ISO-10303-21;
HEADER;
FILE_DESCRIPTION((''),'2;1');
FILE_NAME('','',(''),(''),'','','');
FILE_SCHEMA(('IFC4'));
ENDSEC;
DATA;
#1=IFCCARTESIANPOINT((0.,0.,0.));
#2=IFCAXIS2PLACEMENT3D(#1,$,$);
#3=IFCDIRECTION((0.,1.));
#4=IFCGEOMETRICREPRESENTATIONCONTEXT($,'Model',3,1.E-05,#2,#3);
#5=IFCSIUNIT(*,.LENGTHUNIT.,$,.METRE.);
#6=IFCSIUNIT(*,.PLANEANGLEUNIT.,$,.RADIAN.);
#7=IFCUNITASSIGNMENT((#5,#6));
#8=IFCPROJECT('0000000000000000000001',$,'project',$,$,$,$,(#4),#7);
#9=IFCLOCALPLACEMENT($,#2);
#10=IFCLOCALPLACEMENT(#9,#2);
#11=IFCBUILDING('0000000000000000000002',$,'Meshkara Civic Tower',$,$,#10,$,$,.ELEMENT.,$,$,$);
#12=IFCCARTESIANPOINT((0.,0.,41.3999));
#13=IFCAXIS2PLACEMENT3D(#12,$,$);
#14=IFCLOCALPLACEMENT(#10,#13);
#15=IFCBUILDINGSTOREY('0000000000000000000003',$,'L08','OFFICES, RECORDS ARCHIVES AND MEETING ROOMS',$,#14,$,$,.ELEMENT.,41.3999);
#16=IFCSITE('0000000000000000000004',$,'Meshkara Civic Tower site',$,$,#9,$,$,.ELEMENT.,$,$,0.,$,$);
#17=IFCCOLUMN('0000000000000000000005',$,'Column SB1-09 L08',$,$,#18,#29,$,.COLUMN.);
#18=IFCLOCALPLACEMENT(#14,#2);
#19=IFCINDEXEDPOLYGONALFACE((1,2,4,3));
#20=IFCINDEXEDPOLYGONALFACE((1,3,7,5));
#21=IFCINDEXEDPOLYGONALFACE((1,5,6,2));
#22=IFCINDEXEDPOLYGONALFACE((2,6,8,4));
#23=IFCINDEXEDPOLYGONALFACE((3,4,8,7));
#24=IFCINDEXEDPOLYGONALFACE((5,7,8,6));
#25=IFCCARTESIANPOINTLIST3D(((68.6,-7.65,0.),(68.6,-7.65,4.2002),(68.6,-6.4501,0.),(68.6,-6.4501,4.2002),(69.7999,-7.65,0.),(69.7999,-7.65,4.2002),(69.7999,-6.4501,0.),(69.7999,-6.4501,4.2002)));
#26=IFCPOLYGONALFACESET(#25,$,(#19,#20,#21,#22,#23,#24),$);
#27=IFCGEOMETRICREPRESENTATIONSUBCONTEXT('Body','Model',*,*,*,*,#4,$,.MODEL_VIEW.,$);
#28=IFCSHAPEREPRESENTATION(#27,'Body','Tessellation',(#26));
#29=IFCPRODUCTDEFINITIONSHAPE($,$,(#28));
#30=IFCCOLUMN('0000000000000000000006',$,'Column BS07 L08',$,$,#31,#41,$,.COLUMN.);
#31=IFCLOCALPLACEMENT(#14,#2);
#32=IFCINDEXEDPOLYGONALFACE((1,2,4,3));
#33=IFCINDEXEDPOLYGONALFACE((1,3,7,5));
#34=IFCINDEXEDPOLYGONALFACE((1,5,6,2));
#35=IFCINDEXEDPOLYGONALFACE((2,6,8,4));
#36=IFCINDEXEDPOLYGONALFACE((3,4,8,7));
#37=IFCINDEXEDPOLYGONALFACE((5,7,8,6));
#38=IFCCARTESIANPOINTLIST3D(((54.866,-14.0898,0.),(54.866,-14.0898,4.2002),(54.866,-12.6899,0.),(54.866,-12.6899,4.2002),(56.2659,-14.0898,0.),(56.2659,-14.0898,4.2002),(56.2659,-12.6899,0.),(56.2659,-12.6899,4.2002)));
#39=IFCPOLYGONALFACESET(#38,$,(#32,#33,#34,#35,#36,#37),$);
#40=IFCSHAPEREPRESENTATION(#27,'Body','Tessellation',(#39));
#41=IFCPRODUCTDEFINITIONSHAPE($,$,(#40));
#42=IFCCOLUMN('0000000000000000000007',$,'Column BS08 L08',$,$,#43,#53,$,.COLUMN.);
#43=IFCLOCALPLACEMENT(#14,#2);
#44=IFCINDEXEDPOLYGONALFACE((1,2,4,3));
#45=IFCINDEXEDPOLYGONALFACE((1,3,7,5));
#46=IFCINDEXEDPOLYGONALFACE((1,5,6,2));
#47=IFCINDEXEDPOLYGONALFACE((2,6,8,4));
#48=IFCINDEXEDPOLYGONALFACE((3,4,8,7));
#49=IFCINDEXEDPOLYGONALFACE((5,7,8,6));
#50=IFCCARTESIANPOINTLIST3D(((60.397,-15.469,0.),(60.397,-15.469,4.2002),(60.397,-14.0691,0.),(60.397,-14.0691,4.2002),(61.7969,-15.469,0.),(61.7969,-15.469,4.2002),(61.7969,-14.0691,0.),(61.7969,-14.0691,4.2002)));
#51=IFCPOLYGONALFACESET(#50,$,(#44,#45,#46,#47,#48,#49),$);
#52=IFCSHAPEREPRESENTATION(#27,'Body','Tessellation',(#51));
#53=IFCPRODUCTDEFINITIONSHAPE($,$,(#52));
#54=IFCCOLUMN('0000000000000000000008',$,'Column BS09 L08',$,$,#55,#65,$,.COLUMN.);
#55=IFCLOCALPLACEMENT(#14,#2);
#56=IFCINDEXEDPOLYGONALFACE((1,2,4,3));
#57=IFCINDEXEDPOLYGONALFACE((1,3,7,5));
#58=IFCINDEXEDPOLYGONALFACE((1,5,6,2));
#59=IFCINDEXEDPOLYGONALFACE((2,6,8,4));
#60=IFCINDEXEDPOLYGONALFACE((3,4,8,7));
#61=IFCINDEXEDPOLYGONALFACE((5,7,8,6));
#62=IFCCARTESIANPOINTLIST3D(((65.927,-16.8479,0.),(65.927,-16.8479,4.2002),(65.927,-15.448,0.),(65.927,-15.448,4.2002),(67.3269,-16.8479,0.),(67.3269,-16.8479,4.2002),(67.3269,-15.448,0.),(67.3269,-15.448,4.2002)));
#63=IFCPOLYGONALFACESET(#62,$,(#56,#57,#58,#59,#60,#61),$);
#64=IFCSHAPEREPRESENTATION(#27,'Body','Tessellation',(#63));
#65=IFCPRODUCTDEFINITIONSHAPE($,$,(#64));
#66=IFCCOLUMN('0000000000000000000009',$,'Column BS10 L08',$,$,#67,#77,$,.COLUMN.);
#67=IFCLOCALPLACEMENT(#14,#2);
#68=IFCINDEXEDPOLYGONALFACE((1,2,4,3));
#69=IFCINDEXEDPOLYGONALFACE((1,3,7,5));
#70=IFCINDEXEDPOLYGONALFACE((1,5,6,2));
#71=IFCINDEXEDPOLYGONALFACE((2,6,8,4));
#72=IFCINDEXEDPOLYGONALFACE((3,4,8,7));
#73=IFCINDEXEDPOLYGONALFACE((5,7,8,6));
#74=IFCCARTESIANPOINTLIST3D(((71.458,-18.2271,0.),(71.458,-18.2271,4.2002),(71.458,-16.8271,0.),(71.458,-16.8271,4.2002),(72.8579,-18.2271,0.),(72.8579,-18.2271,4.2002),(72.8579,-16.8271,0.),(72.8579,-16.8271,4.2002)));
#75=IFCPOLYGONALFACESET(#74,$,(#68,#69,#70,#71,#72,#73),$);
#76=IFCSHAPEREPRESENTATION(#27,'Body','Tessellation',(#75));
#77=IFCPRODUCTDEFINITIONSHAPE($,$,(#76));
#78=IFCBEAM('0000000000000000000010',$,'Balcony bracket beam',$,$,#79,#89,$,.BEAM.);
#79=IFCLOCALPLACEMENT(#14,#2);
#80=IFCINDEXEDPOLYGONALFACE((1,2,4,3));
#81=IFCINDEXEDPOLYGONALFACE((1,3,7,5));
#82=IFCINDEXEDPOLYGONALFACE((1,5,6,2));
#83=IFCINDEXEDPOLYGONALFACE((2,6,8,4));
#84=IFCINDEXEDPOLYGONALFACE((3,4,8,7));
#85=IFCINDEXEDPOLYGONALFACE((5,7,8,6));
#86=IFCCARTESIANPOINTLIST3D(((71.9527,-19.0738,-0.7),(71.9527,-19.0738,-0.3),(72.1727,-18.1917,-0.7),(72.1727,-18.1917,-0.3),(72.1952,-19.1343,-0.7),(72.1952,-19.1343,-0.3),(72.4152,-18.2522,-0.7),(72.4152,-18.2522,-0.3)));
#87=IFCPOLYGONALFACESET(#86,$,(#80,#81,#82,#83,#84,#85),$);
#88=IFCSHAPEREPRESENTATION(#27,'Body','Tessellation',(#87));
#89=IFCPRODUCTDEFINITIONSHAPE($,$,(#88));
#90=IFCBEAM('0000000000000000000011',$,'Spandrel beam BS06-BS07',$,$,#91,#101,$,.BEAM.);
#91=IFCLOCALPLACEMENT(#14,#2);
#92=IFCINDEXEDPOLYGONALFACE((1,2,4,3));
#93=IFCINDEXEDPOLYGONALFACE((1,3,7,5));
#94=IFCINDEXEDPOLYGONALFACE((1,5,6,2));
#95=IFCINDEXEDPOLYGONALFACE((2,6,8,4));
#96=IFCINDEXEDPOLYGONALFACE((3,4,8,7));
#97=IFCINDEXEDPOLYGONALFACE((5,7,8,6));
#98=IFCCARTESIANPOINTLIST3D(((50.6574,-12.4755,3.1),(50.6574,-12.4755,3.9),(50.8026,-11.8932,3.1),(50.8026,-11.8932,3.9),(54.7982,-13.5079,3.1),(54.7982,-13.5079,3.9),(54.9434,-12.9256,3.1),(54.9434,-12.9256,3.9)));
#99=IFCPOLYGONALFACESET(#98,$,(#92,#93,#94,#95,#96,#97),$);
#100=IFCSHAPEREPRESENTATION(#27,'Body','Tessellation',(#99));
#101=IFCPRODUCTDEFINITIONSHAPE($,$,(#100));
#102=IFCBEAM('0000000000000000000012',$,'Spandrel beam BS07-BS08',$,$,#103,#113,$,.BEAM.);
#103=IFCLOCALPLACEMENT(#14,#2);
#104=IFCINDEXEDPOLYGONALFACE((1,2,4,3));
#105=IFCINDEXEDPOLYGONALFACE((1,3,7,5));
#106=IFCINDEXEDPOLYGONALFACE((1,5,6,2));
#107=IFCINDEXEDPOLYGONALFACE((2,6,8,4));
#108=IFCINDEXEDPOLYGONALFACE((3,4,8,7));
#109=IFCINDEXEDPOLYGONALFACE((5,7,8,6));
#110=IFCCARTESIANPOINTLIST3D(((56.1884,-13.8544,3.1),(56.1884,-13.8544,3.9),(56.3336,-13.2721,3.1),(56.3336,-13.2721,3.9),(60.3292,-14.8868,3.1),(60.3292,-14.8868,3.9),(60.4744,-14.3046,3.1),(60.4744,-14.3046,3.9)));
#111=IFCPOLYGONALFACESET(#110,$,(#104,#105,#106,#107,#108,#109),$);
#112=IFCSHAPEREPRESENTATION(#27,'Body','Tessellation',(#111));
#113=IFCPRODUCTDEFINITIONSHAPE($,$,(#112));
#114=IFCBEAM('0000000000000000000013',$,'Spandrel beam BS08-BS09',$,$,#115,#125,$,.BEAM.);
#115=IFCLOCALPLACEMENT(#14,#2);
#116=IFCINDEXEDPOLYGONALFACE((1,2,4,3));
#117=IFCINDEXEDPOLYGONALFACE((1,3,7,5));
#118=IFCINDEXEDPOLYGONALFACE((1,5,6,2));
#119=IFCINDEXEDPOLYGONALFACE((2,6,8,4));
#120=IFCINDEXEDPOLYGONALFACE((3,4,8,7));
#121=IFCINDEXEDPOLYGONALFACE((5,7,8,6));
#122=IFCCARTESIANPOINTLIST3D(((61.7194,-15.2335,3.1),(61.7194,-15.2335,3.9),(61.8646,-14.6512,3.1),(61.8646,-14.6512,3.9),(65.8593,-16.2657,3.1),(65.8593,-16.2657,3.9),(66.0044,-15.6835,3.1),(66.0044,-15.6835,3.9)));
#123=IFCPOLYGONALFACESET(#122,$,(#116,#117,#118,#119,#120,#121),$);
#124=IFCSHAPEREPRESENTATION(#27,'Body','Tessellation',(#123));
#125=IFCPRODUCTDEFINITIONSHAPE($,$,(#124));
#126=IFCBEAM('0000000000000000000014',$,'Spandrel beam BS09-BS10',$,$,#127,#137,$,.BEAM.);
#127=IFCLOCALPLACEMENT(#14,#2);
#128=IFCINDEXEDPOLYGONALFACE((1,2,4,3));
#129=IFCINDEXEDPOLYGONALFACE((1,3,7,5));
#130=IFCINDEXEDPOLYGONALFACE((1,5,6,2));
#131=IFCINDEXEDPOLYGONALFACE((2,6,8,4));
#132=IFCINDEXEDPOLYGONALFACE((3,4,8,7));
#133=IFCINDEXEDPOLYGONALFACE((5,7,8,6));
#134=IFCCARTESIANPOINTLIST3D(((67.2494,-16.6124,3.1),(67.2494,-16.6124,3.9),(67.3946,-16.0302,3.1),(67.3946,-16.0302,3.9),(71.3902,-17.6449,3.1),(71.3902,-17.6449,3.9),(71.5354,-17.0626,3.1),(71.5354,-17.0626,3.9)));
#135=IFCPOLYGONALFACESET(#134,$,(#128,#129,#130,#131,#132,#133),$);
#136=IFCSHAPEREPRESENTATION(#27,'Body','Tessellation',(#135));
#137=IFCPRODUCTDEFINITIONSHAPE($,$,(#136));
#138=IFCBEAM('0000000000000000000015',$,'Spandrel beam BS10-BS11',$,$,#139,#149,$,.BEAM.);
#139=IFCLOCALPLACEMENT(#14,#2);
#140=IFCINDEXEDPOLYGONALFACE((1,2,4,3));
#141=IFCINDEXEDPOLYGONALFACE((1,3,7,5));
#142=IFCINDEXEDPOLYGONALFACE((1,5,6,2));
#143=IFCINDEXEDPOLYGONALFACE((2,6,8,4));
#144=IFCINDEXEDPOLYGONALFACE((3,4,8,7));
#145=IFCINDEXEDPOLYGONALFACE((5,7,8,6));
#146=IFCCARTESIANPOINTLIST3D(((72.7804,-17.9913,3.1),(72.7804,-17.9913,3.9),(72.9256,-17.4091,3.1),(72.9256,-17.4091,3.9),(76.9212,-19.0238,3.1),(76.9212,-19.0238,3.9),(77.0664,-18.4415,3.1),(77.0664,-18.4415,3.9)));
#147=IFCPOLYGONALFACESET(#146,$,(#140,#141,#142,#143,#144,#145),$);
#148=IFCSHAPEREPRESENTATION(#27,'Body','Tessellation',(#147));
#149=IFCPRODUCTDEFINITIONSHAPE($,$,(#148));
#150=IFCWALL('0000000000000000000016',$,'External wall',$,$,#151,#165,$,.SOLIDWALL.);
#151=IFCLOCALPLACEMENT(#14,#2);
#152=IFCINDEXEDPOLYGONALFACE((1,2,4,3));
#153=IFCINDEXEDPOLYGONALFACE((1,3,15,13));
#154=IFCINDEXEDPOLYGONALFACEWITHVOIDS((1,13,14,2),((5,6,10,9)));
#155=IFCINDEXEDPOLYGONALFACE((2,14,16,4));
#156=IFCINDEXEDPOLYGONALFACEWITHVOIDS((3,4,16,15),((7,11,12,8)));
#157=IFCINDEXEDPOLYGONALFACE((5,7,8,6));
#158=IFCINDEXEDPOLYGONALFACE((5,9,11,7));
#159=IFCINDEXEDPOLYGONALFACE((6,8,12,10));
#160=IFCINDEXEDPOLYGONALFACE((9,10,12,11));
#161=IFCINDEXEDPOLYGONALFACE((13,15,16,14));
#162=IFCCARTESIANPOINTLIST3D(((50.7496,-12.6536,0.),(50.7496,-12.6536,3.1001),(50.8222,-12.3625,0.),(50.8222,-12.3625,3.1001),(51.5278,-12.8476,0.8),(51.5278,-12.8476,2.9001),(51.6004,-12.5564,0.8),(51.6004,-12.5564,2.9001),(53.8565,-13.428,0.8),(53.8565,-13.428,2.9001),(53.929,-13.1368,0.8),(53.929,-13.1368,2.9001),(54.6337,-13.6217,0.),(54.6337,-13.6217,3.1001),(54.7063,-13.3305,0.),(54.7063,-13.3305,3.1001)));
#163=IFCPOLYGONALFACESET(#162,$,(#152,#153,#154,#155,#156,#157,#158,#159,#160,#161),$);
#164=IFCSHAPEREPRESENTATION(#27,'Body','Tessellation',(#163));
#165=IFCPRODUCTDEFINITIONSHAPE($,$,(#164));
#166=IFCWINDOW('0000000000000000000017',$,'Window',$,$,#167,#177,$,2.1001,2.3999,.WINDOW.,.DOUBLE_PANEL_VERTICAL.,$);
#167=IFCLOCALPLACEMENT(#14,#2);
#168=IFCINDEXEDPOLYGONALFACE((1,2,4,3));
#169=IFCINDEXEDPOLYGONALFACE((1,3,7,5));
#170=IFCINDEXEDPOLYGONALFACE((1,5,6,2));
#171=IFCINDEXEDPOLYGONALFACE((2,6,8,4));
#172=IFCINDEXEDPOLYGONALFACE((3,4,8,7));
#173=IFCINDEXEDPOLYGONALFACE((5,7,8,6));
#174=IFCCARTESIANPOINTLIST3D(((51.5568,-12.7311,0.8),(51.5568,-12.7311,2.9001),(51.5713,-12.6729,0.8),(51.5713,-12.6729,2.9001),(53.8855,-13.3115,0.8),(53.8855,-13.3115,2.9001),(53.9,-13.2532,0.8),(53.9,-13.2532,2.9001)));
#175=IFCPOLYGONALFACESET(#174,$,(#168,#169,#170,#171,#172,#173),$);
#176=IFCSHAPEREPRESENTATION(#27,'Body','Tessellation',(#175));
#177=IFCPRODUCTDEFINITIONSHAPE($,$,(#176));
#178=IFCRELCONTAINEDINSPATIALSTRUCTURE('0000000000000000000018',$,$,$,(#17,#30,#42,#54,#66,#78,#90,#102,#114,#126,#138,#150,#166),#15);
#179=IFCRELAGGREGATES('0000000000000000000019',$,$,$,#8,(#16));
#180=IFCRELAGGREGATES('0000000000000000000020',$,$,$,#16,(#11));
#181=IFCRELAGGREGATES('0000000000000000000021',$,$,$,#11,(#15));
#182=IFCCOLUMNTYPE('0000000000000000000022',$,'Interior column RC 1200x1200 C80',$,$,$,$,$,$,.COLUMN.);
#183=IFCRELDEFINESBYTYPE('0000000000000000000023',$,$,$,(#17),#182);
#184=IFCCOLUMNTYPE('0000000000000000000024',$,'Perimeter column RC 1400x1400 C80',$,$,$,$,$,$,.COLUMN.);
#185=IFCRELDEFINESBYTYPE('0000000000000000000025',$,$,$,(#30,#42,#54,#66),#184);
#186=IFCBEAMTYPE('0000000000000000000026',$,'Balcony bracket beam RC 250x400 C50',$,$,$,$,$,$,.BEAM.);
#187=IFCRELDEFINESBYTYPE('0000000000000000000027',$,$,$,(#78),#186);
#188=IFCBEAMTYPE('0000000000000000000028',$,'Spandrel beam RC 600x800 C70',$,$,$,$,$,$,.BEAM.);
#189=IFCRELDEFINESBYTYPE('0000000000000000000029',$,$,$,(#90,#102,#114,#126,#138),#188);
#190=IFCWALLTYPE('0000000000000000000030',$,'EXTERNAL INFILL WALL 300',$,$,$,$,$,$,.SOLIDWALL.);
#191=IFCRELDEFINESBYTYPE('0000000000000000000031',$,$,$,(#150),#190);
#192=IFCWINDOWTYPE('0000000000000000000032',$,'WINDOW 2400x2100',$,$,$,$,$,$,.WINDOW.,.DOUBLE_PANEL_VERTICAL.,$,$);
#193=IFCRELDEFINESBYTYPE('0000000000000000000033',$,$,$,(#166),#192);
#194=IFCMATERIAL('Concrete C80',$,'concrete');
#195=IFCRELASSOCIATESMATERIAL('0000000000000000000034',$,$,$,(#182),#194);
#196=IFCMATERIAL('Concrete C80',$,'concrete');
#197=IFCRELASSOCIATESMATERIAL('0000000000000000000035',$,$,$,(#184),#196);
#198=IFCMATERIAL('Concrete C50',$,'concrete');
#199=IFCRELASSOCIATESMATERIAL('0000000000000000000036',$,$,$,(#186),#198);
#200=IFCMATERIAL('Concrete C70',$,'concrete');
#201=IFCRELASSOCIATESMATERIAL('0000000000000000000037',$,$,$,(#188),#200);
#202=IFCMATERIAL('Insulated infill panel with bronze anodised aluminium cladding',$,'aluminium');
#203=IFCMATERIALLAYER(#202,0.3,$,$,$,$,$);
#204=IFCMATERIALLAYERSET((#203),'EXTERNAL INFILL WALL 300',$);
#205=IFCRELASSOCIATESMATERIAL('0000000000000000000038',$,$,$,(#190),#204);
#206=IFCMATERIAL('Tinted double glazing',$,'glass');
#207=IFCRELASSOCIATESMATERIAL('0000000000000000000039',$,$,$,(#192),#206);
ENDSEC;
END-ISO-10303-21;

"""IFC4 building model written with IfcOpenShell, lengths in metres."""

from ifc_helpers import new_model, si_unit, direction, frame, frame_2d, origin, origin_2d, place, context, subcontext, project, spatial, rectangle, extrude, material, layer, layer_set, material_profile, profile_set, type_object, element, fill, save


model = new_model("IFC4")

# Units and contexts
model_context = context("Model", 3, precision=1e-05, world=origin(), true_north=direction((0.0, 1.0)))
body_context = subcontext(model_context, "Body", "Model", "MODEL_VIEW")
ifc_project = project(units=[si_unit("LENGTHUNIT", "METRE"), si_unit("PLANEANGLEUNIT", "RADIAN")], contexts=[model_context])

# Site, building, storey
site_placement = place(None, origin())
site = spatial("IfcSite", under=ifc_project, at=site_placement, Name="Meshkara Civic Tower site", CompositionType="ELEMENT", RefElevation=0.0)
building_placement = place(site_placement, origin())
building = spatial("IfcBuilding", under=site, at=building_placement, Name="Meshkara Civic Tower", CompositionType="ELEMENT")
storey_placement = place(building_placement, frame((0.0, 0.0, 41.3999)))
storey = spatial("IfcBuildingStorey", under=building, at=storey_placement, Name="L08", Description="OFFICES, RECORDS ARCHIVES AND MEETING ROOMS", CompositionType="ELEMENT", Elevation=41.3999)

# Columns
ifc_material_1 = material(Name="Concrete C80", Category="concrete")
ifc_material_profile_1 = material_profile(ifc_material_1, rectangle(XDim=1.2, YDim=1.2, at=origin_2d()))
ifc_profile_set_1 = profile_set([ifc_material_profile_1], Name="Concrete C80")
column_type_1 = type_object("IfcColumnType", Name="Interior column RC 1200x1200 C80", PredefinedType="COLUMN", material=ifc_profile_set_1)
column_placement = place(storey_placement, frame((69.2, -7.05, 0.0), z_axis=(0.0, 0.0, 1.0), x_axis=(1.0, 0.0, 0.0)))
element("IfcColumn", 1, at=column_placement, inside=storey, type_object=column_type_1, Name="Column SB1-09 L08", PredefinedType="COLUMN", context=body_context, shape_type="SweptSolid", body=[
    extrude(rectangle(XDim=1.2, YDim=1.2, at=origin_2d()), origin(), (0.0, 0.0, 1.0), 4.2002),
])
ifc_material_2 = material(Name="Concrete C80", Category="concrete")
ifc_material_profile_2 = material_profile(ifc_material_2, rectangle(XDim=1.3999, YDim=1.3999, at=origin_2d()))
ifc_profile_set_2 = profile_set([ifc_material_profile_2], Name="Concrete C80")
column_type_2 = type_object("IfcColumnType", Name="Perimeter column RC 1400x1400 C80", PredefinedType="COLUMN", material=ifc_profile_set_2)
for number, where, z_axis, x_axis, name in (
    (2, (55.5659, -13.3899, 0.0), (0.0, 0.0, 1.0), (1.0, 0.0, 0.0), "Column BS07 L08"),
    (3, (61.0969, -14.769, 0.0), (0.0, 0.0, 1.0), (1.0, 0.0, 0.0), "Column BS08 L08"),
    (4, (66.627, -16.1479, 0.0), (0.0, 0.0, 1.0), (1.0, 0.0, 0.0), "Column BS09 L08"),
    (5, (72.158, -17.5271, 0.0), (0.0, 0.0, 1.0), (1.0, 0.0, 0.0), "Column BS10 L08"),
):
    element("IfcColumn", number, at=place(storey_placement, frame(where, z_axis=z_axis, x_axis=x_axis)), inside=storey, type_object=column_type_2, Name=name, PredefinedType="COLUMN", context=body_context, shape_type="SweptSolid", body=[
        extrude(rectangle(XDim=1.3999, YDim=1.3999, at=origin_2d()), origin(), (0.0, 0.0, 1.0), 4.2002),
    ])

# Beams
ifc_material_3 = material(Name="Concrete C50", Category="concrete")
ifc_material_profile_3 = material_profile(ifc_material_3, rectangle(XDim=0.25, YDim=0.3999, at=origin_2d()))
ifc_profile_set_3 = profile_set([ifc_material_profile_3], Name="Concrete C50")
beam_type_1 = type_object("IfcBeamType", Name="Balcony bracket beam RC 250x400 C50", PredefinedType="BEAM", material=ifc_profile_set_3)
beam_1_placement = place(storey_placement, frame((72.2939, -18.2219, -0.5), z_axis=(-0.241967, -0.970285, 0.0), x_axis=(0.970285, -0.241967, 0.0)))
element("IfcBeam", 6, at=beam_1_placement, inside=storey, type_object=beam_type_1, Name="Balcony bracket beam", PredefinedType="BEAM", context=body_context, shape_type="SweptSolid", body=[
    extrude(rectangle(XDim=0.25, YDim=0.3999, at=origin_2d()), origin(), (0.0, 0.0, 1.0), 0.9092),
])
ifc_material_4 = material(Name="Concrete C70", Category="concrete")
ifc_material_profile_4 = material_profile(ifc_material_4, rectangle(XDim=0.6001, YDim=0.8, at=origin_2d()))
ifc_profile_set_4 = profile_set([ifc_material_profile_4], Name="Concrete C70")
beam_type_2 = type_object("IfcBeamType", Name="Spandrel beam RC 600x800 C70", PredefinedType="BEAM", material=ifc_profile_set_4)
for number, where, z_axis, x_axis, name in (
    (7, (50.73, -12.1843, 3.5), (0.970294, -0.24193, 0.0), (0.24193, 0.970294, 0.0), "Spandrel beam BS06-BS07"),
    (8, (56.261, -13.5632, 3.5), (0.970294, -0.24193, 0.0), (0.24193, 0.970294, 0.0), "Spandrel beam BS07-BS08"),
):
    element("IfcBeam", number, at=place(storey_placement, frame(where, z_axis=z_axis, x_axis=x_axis)), inside=storey, type_object=beam_type_2, Name=name, PredefinedType="BEAM", context=body_context, shape_type="SweptSolid", body=[
        extrude(rectangle(XDim=0.6001, YDim=0.8, at=origin_2d()), origin(), (0.0, 0.0, 1.0), 4.2676),
    ])
beam_2_placement = place(storey_placement, frame((61.792, -14.9424, 3.5), z_axis=(0.970294, -0.24193, 0.0), x_axis=(0.24193, 0.970294, 0.0)))
element("IfcBeam", 9, at=beam_2_placement, inside=storey, type_object=beam_type_2, Name="Spandrel beam BS08-BS09", PredefinedType="BEAM", context=body_context, shape_type="SweptSolid", body=[
    extrude(rectangle(XDim=0.6001, YDim=0.8, at=origin_2d()), origin(), (0.0, 0.0, 1.0), 4.2666),
])
for number, where, z_axis, x_axis, name in (
    (10, (67.322, -16.3213, 3.5), (0.970294, -0.24193, 0.0), (0.24193, 0.970294, 0.0), "Spandrel beam BS09-BS10"),
    (11, (72.853, -17.7002, 3.5), (0.970294, -0.24193, 0.0), (0.24193, 0.970294, 0.0), "Spandrel beam BS10-BS11"),
):
    element("IfcBeam", number, at=place(storey_placement, frame(where, z_axis=z_axis, x_axis=x_axis)), inside=storey, type_object=beam_type_2, Name=name, PredefinedType="BEAM", context=body_context, shape_type="SweptSolid", body=[
        extrude(rectangle(XDim=0.6001, YDim=0.8, at=origin_2d()), origin(), (0.0, 0.0, 1.0), 4.2676),
    ])

# Wall, opening, window
ifc_material_5 = material(Name="Insulated infill panel with bronze anodised aluminium cladding", Category="aluminium")
ifc_layer_1 = layer(ifc_material_5, 0.3)
ifc_layer_set_1 = layer_set([ifc_layer_1], Name="EXTERNAL INFILL WALL 300")
wall_type_1 = type_object("IfcWallType", Name="EXTERNAL INFILL WALL 300", PredefinedType="SOLIDWALL", material=ifc_layer_set_1)
wall_1_placement = place(storey_placement, frame((50.7859, -12.5081, 0.0), z_axis=(0.0, 0.0, 1.0), x_axis=(0.970318, -0.241832, 0.0)))
wall_1 = element("IfcWall", 12, at=wall_1_placement, inside=storey, type_object=wall_type_1, Name="External wall", PredefinedType="SOLIDWALL", context=body_context, shape_type="SweptSolid", body=[
    extrude(rectangle(XDim=4.0029, YDim=0.3, at=frame_2d((2.0015, 0.0))), origin(), (0.0, 0.0, 1.0), 3.1001),
])
opening_1_placement = place(wall_1_placement, frame((0.802, 0.0, 0.8)))
opening_1 = element("IfcOpeningElement", 13, at=opening_1_placement, cuts=wall_1, PredefinedType="OPENING", context=body_context, shape_type="SweptSolid", body=[
    extrude(rectangle(XDim=2.3999, YDim=2.1001, at=frame_2d((1.2, 1.05))), frame((0.0, 0.1599, 0.0), z_axis=(0.0, -1.0, 0.0), x_axis=(1.0, 0.0, 0.0)), (0.0, 0.0, 1.0), 0.3201),
])
ifc_material_6 = material(Name="Tinted double glazing", Category="glass")
window_type = type_object("IfcWindowType", Name="WINDOW 2400x2100", PartitioningType="DOUBLE_PANEL_VERTICAL", PredefinedType="WINDOW", material=ifc_material_6)
window_1_placement = place(opening_1_placement, origin())
window_1 = element("IfcWindow", 14, at=window_1_placement, inside=storey, type_object=window_type, Name="Window", OverallHeight=2.1001, OverallWidth=2.3999, PartitioningType="DOUBLE_PANEL_VERTICAL", PredefinedType="WINDOW", context=body_context, shape_type="SweptSolid", body=[
    extrude(rectangle(XDim=2.3999, YDim=2.1001, at=frame_2d((1.2, 1.05))), frame((0.0, 0.03, 0.0), z_axis=(0.0, -1.0, 0.0), x_axis=(1.0, 0.0, 0.0)), (0.0, 0.0, 1.0), 0.0601),
])
fill(opening_1, window_1)

save(model, "model.ifc")
